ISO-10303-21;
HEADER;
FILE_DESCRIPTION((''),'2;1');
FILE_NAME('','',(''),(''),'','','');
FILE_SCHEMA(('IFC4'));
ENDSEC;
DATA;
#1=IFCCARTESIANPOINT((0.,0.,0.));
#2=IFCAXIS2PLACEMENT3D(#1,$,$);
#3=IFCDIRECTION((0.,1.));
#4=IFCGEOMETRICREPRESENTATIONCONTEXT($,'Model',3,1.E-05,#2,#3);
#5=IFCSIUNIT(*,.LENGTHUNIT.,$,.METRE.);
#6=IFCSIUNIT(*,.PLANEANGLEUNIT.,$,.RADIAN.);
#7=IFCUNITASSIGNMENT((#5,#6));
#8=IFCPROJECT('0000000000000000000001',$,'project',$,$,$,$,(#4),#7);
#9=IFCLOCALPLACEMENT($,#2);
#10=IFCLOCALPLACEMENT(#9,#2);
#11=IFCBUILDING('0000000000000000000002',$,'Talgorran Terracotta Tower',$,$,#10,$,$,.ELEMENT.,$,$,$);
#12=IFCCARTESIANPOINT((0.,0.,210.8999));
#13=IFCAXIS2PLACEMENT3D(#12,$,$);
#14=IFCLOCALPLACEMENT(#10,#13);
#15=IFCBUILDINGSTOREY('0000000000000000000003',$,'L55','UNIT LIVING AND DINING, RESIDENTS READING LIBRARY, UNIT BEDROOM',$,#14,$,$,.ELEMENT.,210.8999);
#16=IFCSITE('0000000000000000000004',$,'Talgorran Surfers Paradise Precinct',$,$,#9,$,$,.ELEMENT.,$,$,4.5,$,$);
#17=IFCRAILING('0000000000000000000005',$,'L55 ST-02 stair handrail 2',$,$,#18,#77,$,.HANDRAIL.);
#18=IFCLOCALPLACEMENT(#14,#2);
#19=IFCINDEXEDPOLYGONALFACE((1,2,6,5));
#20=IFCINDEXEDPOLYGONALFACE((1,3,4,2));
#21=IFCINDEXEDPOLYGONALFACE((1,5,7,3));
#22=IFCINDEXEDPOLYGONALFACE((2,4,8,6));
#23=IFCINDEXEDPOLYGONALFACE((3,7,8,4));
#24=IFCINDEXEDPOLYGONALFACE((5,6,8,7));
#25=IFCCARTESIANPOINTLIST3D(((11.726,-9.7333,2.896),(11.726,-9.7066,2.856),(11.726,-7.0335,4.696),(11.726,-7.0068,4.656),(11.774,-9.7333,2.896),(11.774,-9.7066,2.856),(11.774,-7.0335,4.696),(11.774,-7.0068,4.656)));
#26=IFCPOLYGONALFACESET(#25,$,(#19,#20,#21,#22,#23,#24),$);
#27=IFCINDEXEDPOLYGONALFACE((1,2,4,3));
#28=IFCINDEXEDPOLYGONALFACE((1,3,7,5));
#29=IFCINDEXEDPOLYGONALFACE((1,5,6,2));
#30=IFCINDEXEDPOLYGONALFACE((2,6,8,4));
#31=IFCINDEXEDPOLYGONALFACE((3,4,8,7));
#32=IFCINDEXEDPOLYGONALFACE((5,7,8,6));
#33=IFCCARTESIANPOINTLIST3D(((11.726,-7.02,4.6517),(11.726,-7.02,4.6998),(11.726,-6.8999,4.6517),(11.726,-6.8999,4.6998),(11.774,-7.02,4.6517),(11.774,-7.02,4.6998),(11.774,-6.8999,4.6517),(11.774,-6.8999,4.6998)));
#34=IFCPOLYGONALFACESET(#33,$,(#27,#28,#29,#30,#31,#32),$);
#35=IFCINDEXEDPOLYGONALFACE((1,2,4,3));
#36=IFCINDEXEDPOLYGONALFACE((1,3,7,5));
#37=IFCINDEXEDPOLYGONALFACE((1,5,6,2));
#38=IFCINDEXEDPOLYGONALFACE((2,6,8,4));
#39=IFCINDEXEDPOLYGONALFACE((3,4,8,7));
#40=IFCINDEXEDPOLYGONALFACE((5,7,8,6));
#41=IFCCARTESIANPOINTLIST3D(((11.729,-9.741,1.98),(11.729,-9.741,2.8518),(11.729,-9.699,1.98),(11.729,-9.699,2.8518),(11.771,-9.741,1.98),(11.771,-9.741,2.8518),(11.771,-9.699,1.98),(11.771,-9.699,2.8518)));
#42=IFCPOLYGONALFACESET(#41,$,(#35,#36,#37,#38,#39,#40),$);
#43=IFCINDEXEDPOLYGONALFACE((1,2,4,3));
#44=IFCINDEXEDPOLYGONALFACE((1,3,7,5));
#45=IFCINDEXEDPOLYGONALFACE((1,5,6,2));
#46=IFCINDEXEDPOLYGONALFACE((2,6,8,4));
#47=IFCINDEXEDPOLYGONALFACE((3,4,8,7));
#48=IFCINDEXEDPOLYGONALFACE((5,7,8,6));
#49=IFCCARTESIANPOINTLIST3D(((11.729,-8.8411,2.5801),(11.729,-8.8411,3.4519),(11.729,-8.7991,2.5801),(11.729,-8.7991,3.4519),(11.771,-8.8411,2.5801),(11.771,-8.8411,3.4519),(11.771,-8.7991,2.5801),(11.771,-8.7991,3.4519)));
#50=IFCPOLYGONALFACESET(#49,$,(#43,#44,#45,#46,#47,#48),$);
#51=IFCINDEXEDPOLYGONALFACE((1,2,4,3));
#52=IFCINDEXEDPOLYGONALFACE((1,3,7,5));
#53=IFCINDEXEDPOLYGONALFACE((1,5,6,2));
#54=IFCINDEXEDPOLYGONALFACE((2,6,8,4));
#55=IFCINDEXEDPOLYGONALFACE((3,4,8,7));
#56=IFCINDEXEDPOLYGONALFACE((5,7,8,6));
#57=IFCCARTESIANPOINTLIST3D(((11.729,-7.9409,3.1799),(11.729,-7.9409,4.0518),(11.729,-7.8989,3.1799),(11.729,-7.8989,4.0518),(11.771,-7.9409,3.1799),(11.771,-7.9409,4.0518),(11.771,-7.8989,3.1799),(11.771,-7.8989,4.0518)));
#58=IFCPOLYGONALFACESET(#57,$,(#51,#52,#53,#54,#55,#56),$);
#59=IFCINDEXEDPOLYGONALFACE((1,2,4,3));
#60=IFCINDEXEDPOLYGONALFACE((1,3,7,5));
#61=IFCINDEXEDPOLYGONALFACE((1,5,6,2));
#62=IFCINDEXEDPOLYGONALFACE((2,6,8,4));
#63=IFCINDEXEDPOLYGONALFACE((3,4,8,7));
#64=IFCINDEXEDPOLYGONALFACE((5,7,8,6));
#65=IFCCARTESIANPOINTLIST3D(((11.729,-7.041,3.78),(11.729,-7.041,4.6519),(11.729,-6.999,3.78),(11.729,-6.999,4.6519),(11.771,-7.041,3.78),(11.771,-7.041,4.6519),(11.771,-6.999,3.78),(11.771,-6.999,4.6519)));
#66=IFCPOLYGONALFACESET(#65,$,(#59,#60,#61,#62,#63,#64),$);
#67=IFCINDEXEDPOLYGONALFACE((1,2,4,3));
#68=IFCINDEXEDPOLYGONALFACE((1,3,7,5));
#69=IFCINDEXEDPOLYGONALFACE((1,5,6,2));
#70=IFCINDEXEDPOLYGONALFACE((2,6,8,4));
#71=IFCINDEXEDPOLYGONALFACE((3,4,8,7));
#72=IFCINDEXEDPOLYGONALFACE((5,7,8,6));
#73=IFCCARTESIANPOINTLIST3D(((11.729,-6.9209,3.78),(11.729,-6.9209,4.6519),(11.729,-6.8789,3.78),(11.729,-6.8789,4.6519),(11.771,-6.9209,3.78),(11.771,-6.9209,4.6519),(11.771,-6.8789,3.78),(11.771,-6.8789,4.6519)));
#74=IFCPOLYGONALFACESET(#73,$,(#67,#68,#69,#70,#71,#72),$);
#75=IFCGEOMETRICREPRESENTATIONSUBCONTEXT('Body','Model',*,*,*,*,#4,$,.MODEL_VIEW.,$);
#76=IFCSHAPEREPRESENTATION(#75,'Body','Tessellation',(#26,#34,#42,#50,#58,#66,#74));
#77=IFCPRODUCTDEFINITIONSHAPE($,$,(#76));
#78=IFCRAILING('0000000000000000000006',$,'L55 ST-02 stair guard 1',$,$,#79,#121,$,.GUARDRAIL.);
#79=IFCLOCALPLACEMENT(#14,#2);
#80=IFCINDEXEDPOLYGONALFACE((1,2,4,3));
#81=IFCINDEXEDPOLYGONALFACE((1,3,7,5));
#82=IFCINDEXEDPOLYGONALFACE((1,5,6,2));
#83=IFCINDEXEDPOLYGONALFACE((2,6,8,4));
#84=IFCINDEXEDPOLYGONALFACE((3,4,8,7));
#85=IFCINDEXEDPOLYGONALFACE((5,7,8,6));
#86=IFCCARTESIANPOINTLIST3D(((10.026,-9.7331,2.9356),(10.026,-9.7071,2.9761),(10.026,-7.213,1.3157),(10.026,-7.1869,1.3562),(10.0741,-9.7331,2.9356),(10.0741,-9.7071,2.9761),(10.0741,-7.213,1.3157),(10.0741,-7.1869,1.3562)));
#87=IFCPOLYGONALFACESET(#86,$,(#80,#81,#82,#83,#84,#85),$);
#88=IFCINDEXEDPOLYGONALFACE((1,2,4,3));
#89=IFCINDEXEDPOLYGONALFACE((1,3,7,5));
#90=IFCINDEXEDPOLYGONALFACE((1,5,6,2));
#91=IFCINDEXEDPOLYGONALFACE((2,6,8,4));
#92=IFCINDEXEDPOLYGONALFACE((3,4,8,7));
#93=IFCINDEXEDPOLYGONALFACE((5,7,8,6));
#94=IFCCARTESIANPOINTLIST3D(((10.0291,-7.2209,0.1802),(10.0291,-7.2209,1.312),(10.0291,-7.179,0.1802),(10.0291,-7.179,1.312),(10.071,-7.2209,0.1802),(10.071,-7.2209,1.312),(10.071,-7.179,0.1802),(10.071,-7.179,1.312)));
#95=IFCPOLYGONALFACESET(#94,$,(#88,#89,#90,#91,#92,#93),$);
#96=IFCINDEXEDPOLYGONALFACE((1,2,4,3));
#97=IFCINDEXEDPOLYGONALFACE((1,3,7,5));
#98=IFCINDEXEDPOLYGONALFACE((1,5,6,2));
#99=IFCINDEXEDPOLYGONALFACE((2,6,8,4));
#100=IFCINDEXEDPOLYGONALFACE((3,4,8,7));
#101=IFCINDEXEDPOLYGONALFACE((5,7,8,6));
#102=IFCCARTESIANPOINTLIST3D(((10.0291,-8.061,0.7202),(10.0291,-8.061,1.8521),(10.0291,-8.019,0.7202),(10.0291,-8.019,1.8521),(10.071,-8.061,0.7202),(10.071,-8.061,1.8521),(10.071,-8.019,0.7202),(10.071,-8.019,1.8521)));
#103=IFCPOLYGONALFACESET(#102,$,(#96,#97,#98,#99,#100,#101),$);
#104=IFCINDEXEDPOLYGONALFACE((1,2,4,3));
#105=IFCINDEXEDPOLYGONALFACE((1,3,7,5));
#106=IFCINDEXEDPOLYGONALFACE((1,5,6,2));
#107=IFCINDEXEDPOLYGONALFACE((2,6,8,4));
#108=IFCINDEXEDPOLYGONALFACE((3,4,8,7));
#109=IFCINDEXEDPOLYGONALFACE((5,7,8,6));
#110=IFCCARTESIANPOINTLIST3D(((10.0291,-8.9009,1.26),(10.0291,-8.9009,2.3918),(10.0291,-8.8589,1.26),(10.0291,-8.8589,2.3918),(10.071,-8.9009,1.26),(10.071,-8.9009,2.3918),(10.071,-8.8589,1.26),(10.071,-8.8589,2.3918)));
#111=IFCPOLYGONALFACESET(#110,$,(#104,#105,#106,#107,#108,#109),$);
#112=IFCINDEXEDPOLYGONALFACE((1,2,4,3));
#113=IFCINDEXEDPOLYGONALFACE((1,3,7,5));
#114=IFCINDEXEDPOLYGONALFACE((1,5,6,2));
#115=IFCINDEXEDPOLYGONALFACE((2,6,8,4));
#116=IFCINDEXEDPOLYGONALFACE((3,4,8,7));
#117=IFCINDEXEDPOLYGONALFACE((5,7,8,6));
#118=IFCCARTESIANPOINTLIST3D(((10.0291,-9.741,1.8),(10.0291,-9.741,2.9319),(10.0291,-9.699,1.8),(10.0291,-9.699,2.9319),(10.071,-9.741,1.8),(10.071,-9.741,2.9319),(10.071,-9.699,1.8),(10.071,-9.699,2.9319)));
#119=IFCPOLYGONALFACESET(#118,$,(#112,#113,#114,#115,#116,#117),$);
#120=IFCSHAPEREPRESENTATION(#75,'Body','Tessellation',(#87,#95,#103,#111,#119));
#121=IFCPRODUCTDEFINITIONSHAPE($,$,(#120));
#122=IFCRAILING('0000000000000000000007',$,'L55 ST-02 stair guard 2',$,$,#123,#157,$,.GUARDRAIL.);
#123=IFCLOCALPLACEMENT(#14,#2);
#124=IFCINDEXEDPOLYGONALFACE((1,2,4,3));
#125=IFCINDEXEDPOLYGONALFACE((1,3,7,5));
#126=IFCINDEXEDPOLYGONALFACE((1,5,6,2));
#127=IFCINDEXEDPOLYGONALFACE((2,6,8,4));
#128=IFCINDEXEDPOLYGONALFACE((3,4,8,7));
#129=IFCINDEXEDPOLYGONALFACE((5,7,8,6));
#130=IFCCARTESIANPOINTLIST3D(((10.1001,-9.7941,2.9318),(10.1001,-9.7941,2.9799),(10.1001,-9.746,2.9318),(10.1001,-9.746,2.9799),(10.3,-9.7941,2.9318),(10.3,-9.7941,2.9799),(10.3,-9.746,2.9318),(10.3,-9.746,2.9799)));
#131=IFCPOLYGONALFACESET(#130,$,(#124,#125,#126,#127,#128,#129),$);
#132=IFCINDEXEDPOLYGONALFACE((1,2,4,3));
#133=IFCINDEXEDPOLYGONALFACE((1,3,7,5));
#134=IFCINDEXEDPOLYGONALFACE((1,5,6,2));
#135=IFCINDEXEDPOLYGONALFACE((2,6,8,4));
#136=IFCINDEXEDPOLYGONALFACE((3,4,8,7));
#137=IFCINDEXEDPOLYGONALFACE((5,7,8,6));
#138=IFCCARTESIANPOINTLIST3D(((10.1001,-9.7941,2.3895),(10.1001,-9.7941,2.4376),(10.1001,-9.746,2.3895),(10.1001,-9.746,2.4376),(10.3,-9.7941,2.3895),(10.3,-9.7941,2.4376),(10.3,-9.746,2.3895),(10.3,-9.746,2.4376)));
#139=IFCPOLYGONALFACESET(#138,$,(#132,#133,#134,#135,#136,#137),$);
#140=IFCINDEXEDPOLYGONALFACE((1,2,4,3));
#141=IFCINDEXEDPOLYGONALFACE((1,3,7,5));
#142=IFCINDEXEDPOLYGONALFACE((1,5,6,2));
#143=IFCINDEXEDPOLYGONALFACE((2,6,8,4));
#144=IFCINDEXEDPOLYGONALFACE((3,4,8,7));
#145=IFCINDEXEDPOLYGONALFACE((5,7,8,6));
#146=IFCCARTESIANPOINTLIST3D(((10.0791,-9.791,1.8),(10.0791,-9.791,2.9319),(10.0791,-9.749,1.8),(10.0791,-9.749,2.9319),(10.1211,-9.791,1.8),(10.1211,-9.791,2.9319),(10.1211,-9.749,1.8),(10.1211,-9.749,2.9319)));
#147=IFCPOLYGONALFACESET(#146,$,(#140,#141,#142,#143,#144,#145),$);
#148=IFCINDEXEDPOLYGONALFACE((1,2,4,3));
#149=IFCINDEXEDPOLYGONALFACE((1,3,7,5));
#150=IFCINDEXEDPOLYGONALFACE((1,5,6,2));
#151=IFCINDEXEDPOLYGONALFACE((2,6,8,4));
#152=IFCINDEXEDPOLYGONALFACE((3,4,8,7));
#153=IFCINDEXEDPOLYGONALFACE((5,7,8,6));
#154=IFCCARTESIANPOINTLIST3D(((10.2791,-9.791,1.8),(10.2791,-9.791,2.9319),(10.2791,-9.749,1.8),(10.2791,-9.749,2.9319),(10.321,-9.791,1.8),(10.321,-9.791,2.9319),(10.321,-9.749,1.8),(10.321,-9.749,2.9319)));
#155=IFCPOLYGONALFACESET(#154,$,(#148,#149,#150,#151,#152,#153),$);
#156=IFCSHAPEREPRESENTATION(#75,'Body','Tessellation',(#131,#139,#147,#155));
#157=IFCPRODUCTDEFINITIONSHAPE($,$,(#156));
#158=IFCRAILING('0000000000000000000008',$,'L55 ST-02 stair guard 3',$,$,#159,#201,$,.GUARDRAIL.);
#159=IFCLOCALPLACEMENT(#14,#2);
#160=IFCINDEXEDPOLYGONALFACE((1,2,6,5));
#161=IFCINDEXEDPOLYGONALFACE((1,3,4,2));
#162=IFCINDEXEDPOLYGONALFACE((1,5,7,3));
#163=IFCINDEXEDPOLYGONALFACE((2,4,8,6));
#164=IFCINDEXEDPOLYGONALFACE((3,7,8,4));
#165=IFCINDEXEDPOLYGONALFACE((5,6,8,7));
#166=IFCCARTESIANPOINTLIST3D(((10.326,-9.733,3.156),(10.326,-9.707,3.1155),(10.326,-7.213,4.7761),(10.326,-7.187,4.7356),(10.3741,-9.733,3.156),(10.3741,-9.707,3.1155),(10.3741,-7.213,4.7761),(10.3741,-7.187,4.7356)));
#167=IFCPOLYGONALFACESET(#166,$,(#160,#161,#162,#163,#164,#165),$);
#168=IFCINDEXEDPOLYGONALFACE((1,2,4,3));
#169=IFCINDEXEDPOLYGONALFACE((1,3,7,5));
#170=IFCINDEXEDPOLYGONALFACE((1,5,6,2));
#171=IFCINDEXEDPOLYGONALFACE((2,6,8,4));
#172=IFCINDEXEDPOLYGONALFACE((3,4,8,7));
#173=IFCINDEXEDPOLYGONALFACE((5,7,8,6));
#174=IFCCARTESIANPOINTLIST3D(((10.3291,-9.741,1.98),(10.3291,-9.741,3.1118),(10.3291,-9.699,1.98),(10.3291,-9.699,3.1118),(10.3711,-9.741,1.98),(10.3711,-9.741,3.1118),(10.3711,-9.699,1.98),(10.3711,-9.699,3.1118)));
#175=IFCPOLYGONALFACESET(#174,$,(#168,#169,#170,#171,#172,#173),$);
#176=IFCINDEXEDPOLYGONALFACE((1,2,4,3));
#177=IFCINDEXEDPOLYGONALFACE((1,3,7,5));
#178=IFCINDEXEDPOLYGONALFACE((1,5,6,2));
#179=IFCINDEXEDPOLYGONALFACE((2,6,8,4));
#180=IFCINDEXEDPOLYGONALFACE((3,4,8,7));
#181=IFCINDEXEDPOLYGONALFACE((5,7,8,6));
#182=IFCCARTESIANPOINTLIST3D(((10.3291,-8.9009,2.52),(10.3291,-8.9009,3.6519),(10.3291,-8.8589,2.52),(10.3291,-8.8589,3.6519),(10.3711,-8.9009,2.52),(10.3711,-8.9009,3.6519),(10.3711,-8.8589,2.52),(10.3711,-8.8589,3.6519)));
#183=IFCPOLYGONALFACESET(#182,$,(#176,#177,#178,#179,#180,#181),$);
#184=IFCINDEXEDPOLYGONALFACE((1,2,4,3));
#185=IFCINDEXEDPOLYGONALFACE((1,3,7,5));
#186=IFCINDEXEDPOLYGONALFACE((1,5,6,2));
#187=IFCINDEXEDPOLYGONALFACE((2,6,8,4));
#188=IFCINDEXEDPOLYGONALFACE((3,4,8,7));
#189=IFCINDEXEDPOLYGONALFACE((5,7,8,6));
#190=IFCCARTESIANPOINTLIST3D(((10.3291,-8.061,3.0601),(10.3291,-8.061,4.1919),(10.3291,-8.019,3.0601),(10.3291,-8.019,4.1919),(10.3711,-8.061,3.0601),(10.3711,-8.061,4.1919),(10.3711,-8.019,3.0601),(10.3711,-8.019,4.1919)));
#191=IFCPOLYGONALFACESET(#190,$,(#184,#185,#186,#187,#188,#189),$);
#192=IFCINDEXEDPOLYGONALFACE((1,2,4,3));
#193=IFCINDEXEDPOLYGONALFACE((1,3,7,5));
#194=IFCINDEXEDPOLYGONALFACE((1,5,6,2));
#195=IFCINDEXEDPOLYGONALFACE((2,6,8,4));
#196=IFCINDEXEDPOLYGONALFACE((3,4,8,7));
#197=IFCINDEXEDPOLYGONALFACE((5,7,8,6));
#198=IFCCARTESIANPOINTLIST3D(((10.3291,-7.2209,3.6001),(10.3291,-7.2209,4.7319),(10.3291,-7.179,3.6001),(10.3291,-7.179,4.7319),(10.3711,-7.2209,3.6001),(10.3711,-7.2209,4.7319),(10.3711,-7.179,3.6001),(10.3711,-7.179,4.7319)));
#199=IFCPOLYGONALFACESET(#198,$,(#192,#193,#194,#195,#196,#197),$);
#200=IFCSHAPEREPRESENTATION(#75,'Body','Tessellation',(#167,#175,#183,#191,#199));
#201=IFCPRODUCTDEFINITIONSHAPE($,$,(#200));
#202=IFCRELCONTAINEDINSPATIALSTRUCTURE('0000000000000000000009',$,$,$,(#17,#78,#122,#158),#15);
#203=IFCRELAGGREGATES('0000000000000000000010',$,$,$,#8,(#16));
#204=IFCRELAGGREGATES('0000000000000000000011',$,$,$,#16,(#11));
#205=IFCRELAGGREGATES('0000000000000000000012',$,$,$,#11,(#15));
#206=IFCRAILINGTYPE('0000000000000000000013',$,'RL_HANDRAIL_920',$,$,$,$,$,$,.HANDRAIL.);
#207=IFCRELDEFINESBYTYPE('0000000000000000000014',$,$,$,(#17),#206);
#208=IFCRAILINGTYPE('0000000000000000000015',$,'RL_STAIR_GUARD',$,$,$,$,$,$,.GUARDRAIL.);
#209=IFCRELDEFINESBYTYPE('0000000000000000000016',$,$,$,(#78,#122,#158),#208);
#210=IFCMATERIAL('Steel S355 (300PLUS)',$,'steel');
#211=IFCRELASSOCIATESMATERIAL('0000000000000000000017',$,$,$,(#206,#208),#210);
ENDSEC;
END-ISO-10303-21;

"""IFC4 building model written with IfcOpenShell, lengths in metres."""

from ifc_helpers import new_model, si_unit, direction, frame, origin, origin_2d, place, context, subcontext, project, spatial, rectangle, extrude, material, type_object, element, save


model = new_model("IFC4")

# Units and contexts
model_context = context("Model", 3, precision=1e-05, world=origin(), true_north=direction((0.0, 1.0)))
body_context = subcontext(model_context, "Body", "Model", "MODEL_VIEW")
ifc_project = project(units=[si_unit("LENGTHUNIT", "METRE"), si_unit("PLANEANGLEUNIT", "RADIAN")], contexts=[model_context])

# Site, building, storey
site_placement = place(None, origin())
site = spatial("IfcSite", under=ifc_project, at=site_placement, Name="Talgorran Surfers Paradise Precinct", CompositionType="ELEMENT", RefElevation=4.5)
building_placement = place(site_placement, origin())
building = spatial("IfcBuilding", under=site, at=building_placement, Name="Talgorran Terracotta Tower", CompositionType="ELEMENT")
storey_placement = place(building_placement, frame((0.0, 0.0, 210.8999)))
storey = spatial("IfcBuildingStorey", under=building, at=storey_placement, Name="L55", Description="UNIT LIVING AND DINING, RESIDENTS READING LIBRARY, UNIT BEDROOM", CompositionType="ELEMENT", Elevation=210.8999)

# Shared definitions
ifc_material_1 = material(Name="Steel S355 (300PLUS)", Category="steel")

# Railings
railing_type_1 = type_object("IfcRailingType", Name="RL_HANDRAIL_920", PredefinedType="HANDRAIL", material=ifc_material_1)
railing_1_placement = place(storey_placement, frame((11.75, -9.72, 1.98)))
element("IfcRailing", 1, at=railing_1_placement, inside=storey, type_object=railing_type_1, Name="L55 ST-02 stair handrail 2", PredefinedType="HANDRAIL", context=body_context, shape_type="SweptSolid", body=[
    extrude(rectangle(XDim=0.0481, YDim=0.0481, at=origin_2d()), frame((0.0, 0.0, 0.896), z_axis=(0.0, 0.832039, 0.554718), x_axis=(-1.0, 0.0, 0.0)), (0.0, 0.0, 1.0), 3.2449),
    extrude(rectangle(XDim=0.0481, YDim=0.0481, at=origin_2d()), frame((0.0, 2.7, 2.6958), z_axis=(0.0, 1.0, 0.0), x_axis=(-1.0, 0.0, 0.0)), (0.0, 0.0, 1.0), 0.1201),
    extrude(rectangle(XDim=0.042, YDim=0.042, at=origin_2d()), origin(), (0.0, 0.0, 1.0), 0.8718),
    extrude(rectangle(XDim=0.042, YDim=0.042, at=origin_2d()), frame((0.0, 0.8999, 0.6001)), (0.0, 0.0, 1.0), 0.8718),
    extrude(rectangle(XDim=0.042, YDim=0.042, at=origin_2d()), frame((0.0, 1.8, 1.2)), (0.0, 0.0, 1.0), 0.8718),
    extrude(rectangle(XDim=0.042, YDim=0.042, at=origin_2d()), frame((0.0, 2.7, 1.8)), (0.0, 0.0, 1.0), 0.8718),
    extrude(rectangle(XDim=0.042, YDim=0.042, at=origin_2d()), frame((0.0, 2.8201, 1.8)), (0.0, 0.0, 1.0), 0.8718),
])
railing_type_2 = type_object("IfcRailingType", Name="RL_STAIR_GUARD", PredefinedType="GUARDRAIL", material=ifc_material_1)
railing_2_placement = place(storey_placement, frame((10.05, -7.2, 0.1802)))
element("IfcRailing", 2, at=railing_2_placement, inside=storey, type_object=railing_type_2, Name="L55 ST-02 stair guard 1", PredefinedType="GUARDRAIL", context=body_context, shape_type="SweptSolid", body=[
    extrude(rectangle(XDim=0.0481, YDim=0.0481, at=origin_2d()), frame((0.0, 0.0, 1.1558), z_axis=(0.0, -0.8412, 0.540725), x_axis=(1.0, 0.0, 0.0)), (0.0, 0.0, 1.0), 2.9958),
    extrude(rectangle(XDim=0.042, YDim=0.042, at=origin_2d()), origin(), (0.0, 0.0, 1.0), 1.1318),
    extrude(rectangle(XDim=0.042, YDim=0.042, at=origin_2d()), frame((0.0, -0.8401, 0.54)), (0.0, 0.0, 1.0), 1.1318),
    extrude(rectangle(XDim=0.042, YDim=0.042, at=origin_2d()), frame((0.0, -1.6799, 1.0798)), (0.0, 0.0, 1.0), 1.1318),
    extrude(rectangle(XDim=0.042, YDim=0.042, at=origin_2d()), frame((0.0, -2.52, 1.6199)), (0.0, 0.0, 1.0), 1.1318),
])
railing_3_placement = place(storey_placement, frame((10.1001, -9.77, 1.8)))
element("IfcRailing", 3, at=railing_3_placement, inside=storey, type_object=railing_type_2, Name="L55 ST-02 stair guard 2", PredefinedType="GUARDRAIL", context=body_context, shape_type="SweptSolid", body=[
    extrude(rectangle(XDim=0.0481, YDim=0.0481, at=origin_2d()), frame((0.0, 0.0, 1.1558), z_axis=(1.0, 0.0, 0.0), x_axis=(0.0, 1.0, 0.0)), (0.0, 0.0, 1.0), 0.2),
    extrude(rectangle(XDim=0.0481, YDim=0.0481, at=origin_2d()), frame((0.0, 0.0, 0.6135), z_axis=(1.0, 0.0, 0.0), x_axis=(0.0, 1.0, 0.0)), (0.0, 0.0, 1.0), 0.2),
    extrude(rectangle(XDim=0.042, YDim=0.042, at=origin_2d()), origin(), (0.0, 0.0, 1.0), 1.1318),
    extrude(rectangle(XDim=0.042, YDim=0.042, at=origin_2d()), frame((0.2, 0.0, 0.0)), (0.0, 0.0, 1.0), 1.1318),
])
railing_4_placement = place(storey_placement, frame((10.3501, -9.72, 1.98)))
element("IfcRailing", 4, at=railing_4_placement, inside=storey, type_object=railing_type_2, Name="L55 ST-02 stair guard 3", PredefinedType="GUARDRAIL", context=body_context, shape_type="SweptSolid", body=[
    extrude(rectangle(XDim=0.0481, YDim=0.0481, at=origin_2d()), frame((0.0, 0.0, 1.1558), z_axis=(0.0, 0.841163, 0.540782), x_axis=(-1.0, 0.0, 0.0)), (0.0, 0.0, 1.0), 2.9958),
    extrude(rectangle(XDim=0.042, YDim=0.042, at=origin_2d()), origin(), (0.0, 0.0, 1.0), 1.1318),
    extrude(rectangle(XDim=0.042, YDim=0.042, at=origin_2d()), frame((0.0, 0.8401, 0.54)), (0.0, 0.0, 1.0), 1.1318),
    extrude(rectangle(XDim=0.042, YDim=0.042, at=origin_2d()), frame((0.0, 1.6799, 1.0801)), (0.0, 0.0, 1.0), 1.1318),
    extrude(rectangle(XDim=0.042, YDim=0.042, at=origin_2d()), frame((0.0, 2.52, 1.6201)), (0.0, 0.0, 1.0), 1.1318),
])

save(model, "model.ifc")
